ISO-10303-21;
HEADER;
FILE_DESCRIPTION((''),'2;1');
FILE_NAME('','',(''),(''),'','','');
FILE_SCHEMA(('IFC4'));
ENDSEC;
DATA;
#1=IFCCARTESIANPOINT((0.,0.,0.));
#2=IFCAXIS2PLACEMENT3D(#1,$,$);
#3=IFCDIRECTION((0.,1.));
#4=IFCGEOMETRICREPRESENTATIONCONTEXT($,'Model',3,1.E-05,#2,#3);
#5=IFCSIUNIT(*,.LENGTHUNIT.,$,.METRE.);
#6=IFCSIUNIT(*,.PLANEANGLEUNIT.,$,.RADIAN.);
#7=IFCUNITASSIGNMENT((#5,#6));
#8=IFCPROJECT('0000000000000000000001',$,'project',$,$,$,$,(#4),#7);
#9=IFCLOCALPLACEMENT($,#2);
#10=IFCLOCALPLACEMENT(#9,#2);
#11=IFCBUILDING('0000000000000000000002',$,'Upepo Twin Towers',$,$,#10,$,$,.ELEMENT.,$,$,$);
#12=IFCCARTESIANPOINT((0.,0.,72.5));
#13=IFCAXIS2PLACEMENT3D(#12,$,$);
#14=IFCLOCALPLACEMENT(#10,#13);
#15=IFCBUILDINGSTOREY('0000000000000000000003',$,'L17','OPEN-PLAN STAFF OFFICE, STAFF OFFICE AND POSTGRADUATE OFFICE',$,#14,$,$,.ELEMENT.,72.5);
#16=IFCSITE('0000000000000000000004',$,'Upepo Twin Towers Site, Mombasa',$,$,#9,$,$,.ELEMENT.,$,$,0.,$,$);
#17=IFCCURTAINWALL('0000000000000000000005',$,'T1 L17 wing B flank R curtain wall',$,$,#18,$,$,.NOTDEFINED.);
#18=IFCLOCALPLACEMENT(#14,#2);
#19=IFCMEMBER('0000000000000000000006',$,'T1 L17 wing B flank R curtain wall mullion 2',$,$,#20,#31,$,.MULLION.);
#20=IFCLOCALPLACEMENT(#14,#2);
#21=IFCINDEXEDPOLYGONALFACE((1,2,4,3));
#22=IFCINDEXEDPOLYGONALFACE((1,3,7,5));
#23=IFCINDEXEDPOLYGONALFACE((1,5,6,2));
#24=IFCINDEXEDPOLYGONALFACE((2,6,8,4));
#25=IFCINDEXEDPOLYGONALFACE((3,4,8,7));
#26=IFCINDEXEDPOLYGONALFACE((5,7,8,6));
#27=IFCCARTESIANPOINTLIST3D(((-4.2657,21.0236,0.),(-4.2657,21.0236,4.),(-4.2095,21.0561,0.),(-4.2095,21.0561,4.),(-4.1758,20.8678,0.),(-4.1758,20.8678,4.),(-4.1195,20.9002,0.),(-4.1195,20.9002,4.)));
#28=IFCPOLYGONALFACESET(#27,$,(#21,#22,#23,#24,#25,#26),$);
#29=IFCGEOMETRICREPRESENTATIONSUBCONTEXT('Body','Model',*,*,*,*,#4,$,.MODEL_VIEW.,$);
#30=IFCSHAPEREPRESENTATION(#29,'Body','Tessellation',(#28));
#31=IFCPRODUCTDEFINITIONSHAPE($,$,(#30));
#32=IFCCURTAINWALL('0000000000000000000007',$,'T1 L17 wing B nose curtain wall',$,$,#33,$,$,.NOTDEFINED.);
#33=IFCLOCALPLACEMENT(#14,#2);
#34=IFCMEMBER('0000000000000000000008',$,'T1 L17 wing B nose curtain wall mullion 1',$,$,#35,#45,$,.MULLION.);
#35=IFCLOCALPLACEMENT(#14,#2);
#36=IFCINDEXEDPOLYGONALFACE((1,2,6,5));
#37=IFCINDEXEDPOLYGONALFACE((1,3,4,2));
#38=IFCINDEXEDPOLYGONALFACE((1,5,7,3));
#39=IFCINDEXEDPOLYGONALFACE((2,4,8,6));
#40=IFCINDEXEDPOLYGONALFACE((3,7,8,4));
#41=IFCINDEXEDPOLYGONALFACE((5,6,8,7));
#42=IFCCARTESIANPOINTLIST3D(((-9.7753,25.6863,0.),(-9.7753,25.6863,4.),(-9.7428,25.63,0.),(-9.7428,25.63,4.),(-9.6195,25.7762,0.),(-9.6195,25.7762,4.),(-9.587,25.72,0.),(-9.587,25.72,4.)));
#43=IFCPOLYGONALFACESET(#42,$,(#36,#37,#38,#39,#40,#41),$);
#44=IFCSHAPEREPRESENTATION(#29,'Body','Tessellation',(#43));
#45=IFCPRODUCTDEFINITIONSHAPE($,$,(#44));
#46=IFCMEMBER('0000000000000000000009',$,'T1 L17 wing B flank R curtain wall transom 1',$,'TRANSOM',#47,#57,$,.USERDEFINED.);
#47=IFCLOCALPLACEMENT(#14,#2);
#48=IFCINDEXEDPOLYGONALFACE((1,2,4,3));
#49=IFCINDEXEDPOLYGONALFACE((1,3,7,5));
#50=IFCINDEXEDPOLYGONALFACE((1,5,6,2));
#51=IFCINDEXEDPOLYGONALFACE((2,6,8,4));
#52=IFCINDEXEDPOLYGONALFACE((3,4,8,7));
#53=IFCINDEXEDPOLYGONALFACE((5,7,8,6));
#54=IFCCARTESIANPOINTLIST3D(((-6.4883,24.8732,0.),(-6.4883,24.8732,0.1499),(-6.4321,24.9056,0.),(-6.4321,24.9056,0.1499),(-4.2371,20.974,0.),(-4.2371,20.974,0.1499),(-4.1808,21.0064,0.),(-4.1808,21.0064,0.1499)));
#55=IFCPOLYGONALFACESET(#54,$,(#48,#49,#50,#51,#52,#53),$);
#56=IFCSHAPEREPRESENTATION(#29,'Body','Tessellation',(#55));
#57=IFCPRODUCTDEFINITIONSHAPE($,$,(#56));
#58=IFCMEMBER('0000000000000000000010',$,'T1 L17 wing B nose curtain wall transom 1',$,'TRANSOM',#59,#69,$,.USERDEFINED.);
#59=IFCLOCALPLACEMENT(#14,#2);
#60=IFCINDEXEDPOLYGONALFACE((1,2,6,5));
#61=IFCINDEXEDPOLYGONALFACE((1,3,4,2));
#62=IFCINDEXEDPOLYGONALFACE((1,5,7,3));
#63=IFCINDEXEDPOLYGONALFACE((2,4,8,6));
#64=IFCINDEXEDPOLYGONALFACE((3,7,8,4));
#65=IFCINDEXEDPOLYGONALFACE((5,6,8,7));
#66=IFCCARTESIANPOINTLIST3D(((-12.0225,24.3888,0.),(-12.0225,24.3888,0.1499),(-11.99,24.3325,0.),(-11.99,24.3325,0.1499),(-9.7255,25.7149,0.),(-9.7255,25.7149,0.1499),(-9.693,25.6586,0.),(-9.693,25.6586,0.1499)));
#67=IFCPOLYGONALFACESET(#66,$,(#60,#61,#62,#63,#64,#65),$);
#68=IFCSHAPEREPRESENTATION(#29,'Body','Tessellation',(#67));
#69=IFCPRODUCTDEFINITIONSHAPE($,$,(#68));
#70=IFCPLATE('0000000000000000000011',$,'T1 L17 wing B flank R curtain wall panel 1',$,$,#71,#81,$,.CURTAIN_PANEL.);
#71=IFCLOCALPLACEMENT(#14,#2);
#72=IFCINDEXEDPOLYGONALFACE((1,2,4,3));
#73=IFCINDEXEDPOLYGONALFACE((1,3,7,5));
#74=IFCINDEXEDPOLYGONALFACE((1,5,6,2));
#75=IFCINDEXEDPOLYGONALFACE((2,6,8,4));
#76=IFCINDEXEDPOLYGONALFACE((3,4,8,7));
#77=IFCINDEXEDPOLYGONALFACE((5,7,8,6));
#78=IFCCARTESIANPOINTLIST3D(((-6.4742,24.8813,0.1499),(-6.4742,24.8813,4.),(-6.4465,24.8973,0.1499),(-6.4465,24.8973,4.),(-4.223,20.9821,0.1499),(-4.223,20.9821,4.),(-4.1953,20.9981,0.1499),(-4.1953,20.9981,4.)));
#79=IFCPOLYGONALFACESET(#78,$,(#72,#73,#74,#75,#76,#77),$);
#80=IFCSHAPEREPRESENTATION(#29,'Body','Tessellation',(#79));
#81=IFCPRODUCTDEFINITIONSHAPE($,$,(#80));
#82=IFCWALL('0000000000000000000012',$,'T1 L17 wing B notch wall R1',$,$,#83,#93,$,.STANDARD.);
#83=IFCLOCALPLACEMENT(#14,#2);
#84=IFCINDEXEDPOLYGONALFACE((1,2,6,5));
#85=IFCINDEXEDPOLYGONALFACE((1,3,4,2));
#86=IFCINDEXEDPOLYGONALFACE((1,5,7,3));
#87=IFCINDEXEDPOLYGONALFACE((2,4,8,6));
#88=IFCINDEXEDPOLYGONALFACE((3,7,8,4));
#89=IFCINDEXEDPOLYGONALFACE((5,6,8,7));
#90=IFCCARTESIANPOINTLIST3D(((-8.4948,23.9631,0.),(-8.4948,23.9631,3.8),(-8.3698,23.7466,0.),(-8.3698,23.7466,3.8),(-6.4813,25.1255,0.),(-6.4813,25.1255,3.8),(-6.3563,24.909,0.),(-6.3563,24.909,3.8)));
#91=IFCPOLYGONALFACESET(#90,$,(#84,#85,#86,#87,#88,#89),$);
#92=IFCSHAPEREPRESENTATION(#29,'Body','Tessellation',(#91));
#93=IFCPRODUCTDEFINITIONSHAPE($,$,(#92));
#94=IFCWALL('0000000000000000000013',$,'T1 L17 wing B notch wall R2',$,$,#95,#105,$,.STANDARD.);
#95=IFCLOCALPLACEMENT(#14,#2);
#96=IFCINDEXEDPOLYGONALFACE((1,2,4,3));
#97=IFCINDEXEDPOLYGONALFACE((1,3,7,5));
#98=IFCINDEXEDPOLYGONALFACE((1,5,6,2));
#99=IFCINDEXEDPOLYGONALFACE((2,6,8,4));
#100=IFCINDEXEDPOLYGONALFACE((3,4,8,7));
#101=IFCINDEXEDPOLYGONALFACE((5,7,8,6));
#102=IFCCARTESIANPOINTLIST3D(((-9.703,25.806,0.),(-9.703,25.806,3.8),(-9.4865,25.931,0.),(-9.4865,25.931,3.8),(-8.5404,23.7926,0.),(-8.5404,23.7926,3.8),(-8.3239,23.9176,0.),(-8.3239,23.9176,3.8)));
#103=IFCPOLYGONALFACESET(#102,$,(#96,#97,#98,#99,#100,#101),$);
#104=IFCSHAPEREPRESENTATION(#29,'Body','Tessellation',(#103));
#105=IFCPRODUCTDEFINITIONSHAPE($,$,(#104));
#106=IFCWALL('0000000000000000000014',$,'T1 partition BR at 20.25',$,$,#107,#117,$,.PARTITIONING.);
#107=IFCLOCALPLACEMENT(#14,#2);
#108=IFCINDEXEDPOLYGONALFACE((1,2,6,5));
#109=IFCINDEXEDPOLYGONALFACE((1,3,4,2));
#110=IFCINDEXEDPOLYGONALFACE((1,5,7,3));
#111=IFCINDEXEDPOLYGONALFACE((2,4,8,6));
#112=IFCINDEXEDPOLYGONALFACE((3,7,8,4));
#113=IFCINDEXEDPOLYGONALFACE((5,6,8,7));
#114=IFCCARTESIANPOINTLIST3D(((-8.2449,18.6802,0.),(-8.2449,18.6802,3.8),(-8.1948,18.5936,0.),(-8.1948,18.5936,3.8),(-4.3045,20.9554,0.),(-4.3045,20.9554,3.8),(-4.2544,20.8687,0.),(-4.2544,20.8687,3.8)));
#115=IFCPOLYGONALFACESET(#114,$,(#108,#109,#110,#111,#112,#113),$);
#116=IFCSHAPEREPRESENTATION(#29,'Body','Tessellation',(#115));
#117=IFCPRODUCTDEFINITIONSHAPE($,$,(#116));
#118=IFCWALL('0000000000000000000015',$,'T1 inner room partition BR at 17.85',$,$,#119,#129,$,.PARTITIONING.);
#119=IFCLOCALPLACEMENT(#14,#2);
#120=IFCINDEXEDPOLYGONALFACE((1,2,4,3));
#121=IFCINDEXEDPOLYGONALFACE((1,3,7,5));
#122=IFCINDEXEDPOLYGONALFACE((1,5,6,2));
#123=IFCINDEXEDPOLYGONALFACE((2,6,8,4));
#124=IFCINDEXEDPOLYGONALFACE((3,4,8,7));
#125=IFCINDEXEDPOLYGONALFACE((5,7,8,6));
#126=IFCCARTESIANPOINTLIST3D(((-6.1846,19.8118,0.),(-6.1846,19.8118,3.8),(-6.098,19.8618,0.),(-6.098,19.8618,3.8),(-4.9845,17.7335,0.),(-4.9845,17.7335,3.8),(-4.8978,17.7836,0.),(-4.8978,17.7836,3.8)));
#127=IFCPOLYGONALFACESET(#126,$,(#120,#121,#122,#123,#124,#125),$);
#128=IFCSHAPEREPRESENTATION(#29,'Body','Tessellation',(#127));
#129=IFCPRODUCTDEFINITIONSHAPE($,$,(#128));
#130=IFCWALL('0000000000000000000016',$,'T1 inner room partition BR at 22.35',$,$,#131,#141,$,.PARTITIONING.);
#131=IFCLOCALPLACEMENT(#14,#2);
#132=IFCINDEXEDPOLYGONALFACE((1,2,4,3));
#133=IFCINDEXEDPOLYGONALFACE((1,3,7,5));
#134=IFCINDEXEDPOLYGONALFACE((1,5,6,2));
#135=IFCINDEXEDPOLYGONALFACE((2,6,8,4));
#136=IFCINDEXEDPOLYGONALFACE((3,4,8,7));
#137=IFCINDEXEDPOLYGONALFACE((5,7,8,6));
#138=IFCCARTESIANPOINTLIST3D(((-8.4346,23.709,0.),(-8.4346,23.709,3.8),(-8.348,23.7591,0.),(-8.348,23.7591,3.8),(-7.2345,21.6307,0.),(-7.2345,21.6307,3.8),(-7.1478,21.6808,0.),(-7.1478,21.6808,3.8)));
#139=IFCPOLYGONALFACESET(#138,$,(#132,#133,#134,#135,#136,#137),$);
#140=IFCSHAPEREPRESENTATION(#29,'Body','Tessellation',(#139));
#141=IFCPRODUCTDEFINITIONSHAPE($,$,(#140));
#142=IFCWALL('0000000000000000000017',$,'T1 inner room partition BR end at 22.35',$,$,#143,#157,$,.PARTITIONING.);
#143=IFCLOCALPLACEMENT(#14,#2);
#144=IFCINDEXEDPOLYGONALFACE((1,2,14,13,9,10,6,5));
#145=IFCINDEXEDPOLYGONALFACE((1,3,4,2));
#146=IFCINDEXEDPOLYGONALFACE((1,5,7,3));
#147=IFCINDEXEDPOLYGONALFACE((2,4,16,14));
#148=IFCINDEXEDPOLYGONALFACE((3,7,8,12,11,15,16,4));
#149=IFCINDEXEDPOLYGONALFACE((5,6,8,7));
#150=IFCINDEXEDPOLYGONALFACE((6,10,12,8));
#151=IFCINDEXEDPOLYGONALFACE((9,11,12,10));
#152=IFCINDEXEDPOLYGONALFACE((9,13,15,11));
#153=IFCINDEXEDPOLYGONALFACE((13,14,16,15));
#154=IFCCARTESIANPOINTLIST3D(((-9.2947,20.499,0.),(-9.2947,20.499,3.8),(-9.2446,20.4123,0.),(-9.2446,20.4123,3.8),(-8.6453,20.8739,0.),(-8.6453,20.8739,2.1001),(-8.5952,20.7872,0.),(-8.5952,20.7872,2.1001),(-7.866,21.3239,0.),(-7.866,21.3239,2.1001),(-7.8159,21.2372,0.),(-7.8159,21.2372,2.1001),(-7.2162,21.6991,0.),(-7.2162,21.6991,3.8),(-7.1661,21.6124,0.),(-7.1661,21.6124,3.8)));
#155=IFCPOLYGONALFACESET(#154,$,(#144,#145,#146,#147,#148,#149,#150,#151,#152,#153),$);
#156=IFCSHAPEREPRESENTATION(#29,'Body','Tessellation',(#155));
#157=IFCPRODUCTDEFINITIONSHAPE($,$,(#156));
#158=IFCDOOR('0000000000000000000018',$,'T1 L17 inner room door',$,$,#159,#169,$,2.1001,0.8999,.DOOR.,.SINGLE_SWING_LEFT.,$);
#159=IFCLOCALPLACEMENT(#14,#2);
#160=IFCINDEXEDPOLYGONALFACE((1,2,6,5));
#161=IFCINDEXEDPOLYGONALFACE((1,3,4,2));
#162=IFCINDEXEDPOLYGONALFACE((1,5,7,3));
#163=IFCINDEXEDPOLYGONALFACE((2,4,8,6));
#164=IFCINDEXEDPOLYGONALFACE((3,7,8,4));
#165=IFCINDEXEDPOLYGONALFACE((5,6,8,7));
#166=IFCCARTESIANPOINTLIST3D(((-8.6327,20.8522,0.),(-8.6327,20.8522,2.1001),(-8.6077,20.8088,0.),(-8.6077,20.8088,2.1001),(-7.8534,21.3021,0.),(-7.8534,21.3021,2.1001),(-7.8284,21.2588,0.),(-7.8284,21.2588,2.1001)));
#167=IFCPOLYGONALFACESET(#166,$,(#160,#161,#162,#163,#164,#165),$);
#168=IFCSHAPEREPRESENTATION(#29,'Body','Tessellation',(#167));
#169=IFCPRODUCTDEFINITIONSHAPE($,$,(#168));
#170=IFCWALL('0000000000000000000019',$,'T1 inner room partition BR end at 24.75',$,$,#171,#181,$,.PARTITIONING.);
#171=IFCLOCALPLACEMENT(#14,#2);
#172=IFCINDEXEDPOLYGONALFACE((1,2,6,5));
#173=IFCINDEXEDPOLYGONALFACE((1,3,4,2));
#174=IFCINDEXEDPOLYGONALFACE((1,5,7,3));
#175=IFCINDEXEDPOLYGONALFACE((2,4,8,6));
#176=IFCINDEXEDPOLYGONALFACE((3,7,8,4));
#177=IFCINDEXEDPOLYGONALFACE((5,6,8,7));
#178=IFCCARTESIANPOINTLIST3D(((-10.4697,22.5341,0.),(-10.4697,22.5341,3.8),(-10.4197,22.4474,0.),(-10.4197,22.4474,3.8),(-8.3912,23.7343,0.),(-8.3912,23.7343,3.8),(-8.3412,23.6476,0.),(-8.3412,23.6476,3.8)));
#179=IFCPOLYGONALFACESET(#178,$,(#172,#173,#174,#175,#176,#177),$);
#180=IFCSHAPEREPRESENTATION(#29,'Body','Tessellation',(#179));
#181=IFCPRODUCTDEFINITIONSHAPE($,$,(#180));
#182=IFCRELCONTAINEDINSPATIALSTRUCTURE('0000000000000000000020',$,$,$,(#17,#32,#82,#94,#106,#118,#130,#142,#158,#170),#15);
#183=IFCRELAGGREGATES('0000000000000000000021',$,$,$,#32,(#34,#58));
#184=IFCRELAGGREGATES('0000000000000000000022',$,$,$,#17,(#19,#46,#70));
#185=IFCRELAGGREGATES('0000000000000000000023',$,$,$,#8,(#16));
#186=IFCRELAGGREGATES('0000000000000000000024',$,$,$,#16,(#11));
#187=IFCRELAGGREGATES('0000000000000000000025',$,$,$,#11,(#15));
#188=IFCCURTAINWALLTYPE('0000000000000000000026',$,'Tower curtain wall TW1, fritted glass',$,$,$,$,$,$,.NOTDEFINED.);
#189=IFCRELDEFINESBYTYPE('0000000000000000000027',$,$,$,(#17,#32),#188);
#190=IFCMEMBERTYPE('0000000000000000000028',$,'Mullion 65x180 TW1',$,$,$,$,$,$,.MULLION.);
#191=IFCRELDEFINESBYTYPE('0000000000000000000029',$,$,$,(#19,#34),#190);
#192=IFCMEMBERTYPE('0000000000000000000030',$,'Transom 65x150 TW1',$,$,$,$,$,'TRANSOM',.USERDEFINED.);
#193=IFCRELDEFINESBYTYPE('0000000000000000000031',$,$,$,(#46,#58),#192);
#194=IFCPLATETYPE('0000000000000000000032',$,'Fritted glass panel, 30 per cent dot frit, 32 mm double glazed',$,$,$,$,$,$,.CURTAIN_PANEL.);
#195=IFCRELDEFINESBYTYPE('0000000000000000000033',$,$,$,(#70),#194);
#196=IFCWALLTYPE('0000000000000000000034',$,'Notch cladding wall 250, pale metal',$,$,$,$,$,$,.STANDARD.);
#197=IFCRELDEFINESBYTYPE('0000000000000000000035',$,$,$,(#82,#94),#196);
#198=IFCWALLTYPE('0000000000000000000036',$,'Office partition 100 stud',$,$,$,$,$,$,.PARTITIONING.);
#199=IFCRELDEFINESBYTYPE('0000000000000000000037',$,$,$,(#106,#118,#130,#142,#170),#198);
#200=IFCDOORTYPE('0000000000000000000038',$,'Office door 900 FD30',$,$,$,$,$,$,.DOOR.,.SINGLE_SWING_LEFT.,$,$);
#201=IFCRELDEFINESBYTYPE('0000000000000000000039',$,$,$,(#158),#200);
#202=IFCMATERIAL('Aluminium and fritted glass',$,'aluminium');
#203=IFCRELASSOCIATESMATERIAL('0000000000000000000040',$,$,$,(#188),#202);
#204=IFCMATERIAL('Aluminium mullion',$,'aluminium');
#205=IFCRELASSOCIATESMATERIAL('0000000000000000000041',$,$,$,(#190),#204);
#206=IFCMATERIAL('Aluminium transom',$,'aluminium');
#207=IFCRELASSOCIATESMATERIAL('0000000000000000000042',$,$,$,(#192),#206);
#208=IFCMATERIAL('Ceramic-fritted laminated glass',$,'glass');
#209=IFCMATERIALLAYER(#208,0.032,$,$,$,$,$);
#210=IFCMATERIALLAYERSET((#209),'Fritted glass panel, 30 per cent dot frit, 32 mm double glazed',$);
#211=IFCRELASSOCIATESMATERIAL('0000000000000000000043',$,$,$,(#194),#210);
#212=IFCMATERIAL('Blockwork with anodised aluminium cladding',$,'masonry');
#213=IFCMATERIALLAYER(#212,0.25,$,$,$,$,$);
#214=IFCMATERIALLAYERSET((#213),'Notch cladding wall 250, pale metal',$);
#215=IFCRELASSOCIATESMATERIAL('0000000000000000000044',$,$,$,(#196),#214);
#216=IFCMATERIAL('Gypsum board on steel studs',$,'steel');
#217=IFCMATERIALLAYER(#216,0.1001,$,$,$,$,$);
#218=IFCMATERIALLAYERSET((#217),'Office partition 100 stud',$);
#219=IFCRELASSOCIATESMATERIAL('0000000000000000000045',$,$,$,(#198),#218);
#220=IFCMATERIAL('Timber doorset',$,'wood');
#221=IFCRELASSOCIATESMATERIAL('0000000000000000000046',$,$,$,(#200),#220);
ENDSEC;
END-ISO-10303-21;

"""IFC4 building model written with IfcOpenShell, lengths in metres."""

from ifc_helpers import new_model, si_unit, direction, frame, frame_2d, origin, origin_2d, place, context, subcontext, project, spatial, rectangle, extrude, material, layer, layer_set, material_profile, profile_set, type_object, element, fill, aggregate, save


model = new_model("IFC4")

# Units and contexts
model_context = context("Model", 3, precision=1e-05, world=origin(), true_north=direction((0.0, 1.0)))
body_context = subcontext(model_context, "Body", "Model", "MODEL_VIEW")
ifc_project = project(units=[si_unit("LENGTHUNIT", "METRE"), si_unit("PLANEANGLEUNIT", "RADIAN")], contexts=[model_context])

# Site, building, storey
site_placement = place(None, origin())
site = spatial("IfcSite", under=ifc_project, at=site_placement, Name="Upepo Twin Towers Site, Mombasa", CompositionType="ELEMENT", RefElevation=0.0)
building_placement = place(site_placement, origin())
building = spatial("IfcBuilding", under=site, at=building_placement, Name="Upepo Twin Towers", CompositionType="ELEMENT")
storey_placement = place(building_placement, frame((0.0, 0.0, 72.5)))
storey = spatial("IfcBuildingStorey", under=building, at=storey_placement, Name="L17", Description="OPEN-PLAN STAFF OFFICE, STAFF OFFICE AND POSTGRADUATE OFFICE", CompositionType="ELEMENT", Elevation=72.5)

# Curtain wall, member
ifc_material_1 = material(Name="Aluminium and fritted glass", Category="aluminium")
curtain_wall_type = type_object("IfcCurtainWallType", Name="Tower curtain wall TW1, fritted glass", PredefinedType="NOTDEFINED", material=ifc_material_1)
curtain_wall_1_placement = place(storey_placement, origin())
curtain_wall_1 = element("IfcCurtainWall", 1, at=curtain_wall_1_placement, inside=storey, type_object=curtain_wall_type, Name="T1 L17 wing B flank R curtain wall", PredefinedType="NOTDEFINED")
ifc_material_2 = material(Name="Aluminium mullion", Category="aluminium")
ifc_material_profile_1 = material_profile(ifc_material_2, rectangle(XDim=0.0649, YDim=0.1799, at=origin_2d()), Name="MULLION 65x180")
ifc_profile_set_1 = profile_set([ifc_material_profile_1], Name="Aluminium mullion")
member_type_1 = type_object("IfcMemberType", Name="Mullion 65x180 TW1", PredefinedType="MULLION", material=ifc_profile_set_1)
member_1_placement = place(storey_placement, frame((-4.1926, 20.9619, 0.0), z_axis=(0.0, 0.0, 1.0), x_axis=(0.866025, 0.5, 0.0)))
member_1 = element("IfcMember", 2, at=member_1_placement, type_object=member_type_1, Name="T1 L17 wing B flank R curtain wall mullion 2", PredefinedType="MULLION", context=body_context, shape_type="SweptSolid", body=[
    extrude(rectangle(XDim=0.0649, YDim=0.1799, at=origin_2d()), origin(), (0.0, 0.0, 1.0), 4.0),
])

# Curtain wall, member
curtain_wall_2_placement = place(storey_placement, origin())
curtain_wall_2 = element("IfcCurtainWall", 3, at=curtain_wall_2_placement, inside=storey, type_object=curtain_wall_type, Name="T1 L17 wing B nose curtain wall", PredefinedType="NOTDEFINED")
member_2_placement = place(storey_placement, frame((-9.6812, 25.7031, 0.0), z_axis=(0.0, 0.0, 1.0), x_axis=(0.5, -0.866025, 0.0)))
member_2 = element("IfcMember", 4, at=member_2_placement, type_object=member_type_1, Name="T1 L17 wing B nose curtain wall mullion 1", PredefinedType="MULLION", context=body_context, shape_type="SweptSolid", body=[
    extrude(rectangle(XDim=0.0649, YDim=0.1799, at=origin_2d()), origin(), (0.0, 0.0, 1.0), 4.0),
])

# Members
ifc_material_3 = material(Name="Aluminium transom", Category="aluminium")
ifc_material_profile_2 = material_profile(ifc_material_3, rectangle(XDim=0.0649, YDim=0.1499, at=origin_2d()), Name="TRANSOM 65x150")
ifc_profile_set_2 = profile_set([ifc_material_profile_2], Name="Aluminium transom")
member_type_2 = type_object("IfcMemberType", Name="Transom 65x150 TW1", ElementType="TRANSOM", PredefinedType="USERDEFINED", material=ifc_profile_set_2)
member_3_placement = place(storey_placement, frame((-6.4602, 24.8894, 0.075), z_axis=(0.500006, -0.866022, 0.0), x_axis=(0.866022, 0.500006, 0.0)))
member_3 = element("IfcMember", 5, at=member_3_placement, type_object=member_type_2, Name="T1 L17 wing B flank R curtain wall transom 1", ObjectType="TRANSOM", PredefinedType="USERDEFINED", context=body_context, shape_type="SweptSolid", body=[
    extrude(rectangle(XDim=0.0649, YDim=0.1499, at=origin_2d()), origin(), (0.0, 0.0, 1.0), 4.5024),
])
member_4_placement = place(storey_placement, frame((-9.7092, 25.6868, 0.075), z_axis=(-0.866037, -0.49998, 0.0), x_axis=(0.49998, -0.866037, 0.0)))
member_4 = element("IfcMember", 6, at=member_4_placement, type_object=member_type_2, Name="T1 L17 wing B nose curtain wall transom 1", ObjectType="TRANSOM", PredefinedType="USERDEFINED", context=body_context, shape_type="SweptSolid", body=[
    extrude(rectangle(XDim=0.0649, YDim=0.1499, at=origin_2d()), origin(), (0.0, 0.0, 1.0), 2.6523),
])
aggregate(curtain_wall_2, [member_2, member_4])

# Plate
ifc_material_4 = material(Name="Ceramic-fritted laminated glass", Category="glass")
ifc_layer_1 = layer(ifc_material_4, 0.032)
ifc_layer_set_1 = layer_set([ifc_layer_1], Name="Fritted glass panel, 30 per cent dot frit, 32 mm double glazed")
plate_type = type_object("IfcPlateType", Name="Fritted glass panel, 30 per cent dot frit, 32 mm double glazed", PredefinedType="CURTAIN_PANEL", material=ifc_layer_set_1)
plate_placement = place(storey_placement, frame((-5.3347, 22.9397, 0.1499), z_axis=(0.0, 0.0, 1.0), x_axis=(0.5, -0.866025, 0.0)))
plate = element("IfcPlate", 7, at=plate_placement, type_object=plate_type, Name="T1 L17 wing B flank R curtain wall panel 1", PredefinedType="CURTAIN_PANEL", context=body_context, shape_type="SweptSolid", body=[
    extrude(rectangle(XDim=4.5024, YDim=0.032, at=origin_2d()), origin(), (0.0, 0.0, 1.0), 3.8501),
])
aggregate(curtain_wall_1, [member_1, member_3, plate])

# Walls
ifc_material_5 = material(Name="Blockwork with anodised aluminium cladding", Category="masonry")
ifc_layer_2 = layer(ifc_material_5, 0.25)
ifc_layer_set_2 = layer_set([ifc_layer_2], Name="Notch cladding wall 250, pale metal")
wall_type_1 = type_object("IfcWallType", Name="Notch cladding wall 250, pale metal", PredefinedType="STANDARD", material=ifc_layer_set_2)
for number, where, z_axis, x_axis, name in (
    (8, (-6.4187, 25.0173, 0.0), (0.0, 0.0, 1.0), (-0.866044, -0.499968, 0.0), "T1 L17 wing B notch wall R1"),
    (9, (-8.4321, 23.855, 0.0), (0.0, 0.0, 1.0), (-0.500047, 0.865998, 0.0), "T1 L17 wing B notch wall R2"),
):
    element("IfcWall", number, at=place(storey_placement, frame(where, z_axis=z_axis, x_axis=x_axis)), inside=storey, type_object=wall_type_1, Name=name, PredefinedType="STANDARD", context=body_context, shape_type="SweptSolid", body=[
        extrude(rectangle(XDim=2.325, YDim=0.25, at=frame_2d((1.1626, 0.0))), origin(), (0.0, 0.0, 1.0), 3.8),
    ])
ifc_material_6 = material(Name="Gypsum board on steel studs", Category="steel")
ifc_layer_3 = layer(ifc_material_6, 0.1001)
ifc_layer_set_3 = layer_set([ifc_layer_3], Name="Office partition 100 stud")
wall_type_2 = type_object("IfcWallType", Name="Office partition 100 stud", PredefinedType="PARTITIONING", material=ifc_layer_set_3)
wall_1_placement = place(storey_placement, frame((-8.2197, 18.637, 0.0), z_axis=(0.0, 0.0, 1.0), x_axis=(0.866012, 0.500023, 0.0)))
element("IfcWall", 10, at=wall_1_placement, inside=storey, type_object=wall_type_2, Name="T1 partition BR at 20.25", PredefinedType="PARTITIONING", context=body_context, shape_type="SweptSolid", body=[
    extrude(rectangle(XDim=4.55, YDim=0.1001, at=frame_2d((2.2749, 0.0))), origin(), (0.0, 0.0, 1.0), 3.8),
])
for number, where, z_axis, x_axis, name in (
    (11, (-4.9412, 17.7585, 0.0), (0.0, 0.0, 1.0), (-0.500078, 0.865981, 0.0), "T1 inner room partition BR at 17.85"),
    (12, (-7.1912, 21.6558, 0.0), (0.0, 0.0, 1.0), (-0.500078, 0.865981, 0.0), "T1 inner room partition BR at 22.35"),
):
    element("IfcWall", number, at=place(storey_placement, frame(where, z_axis=z_axis, x_axis=x_axis)), inside=storey, type_object=wall_type_2, Name=name, PredefinedType="PARTITIONING", context=body_context, shape_type="SweptSolid", body=[
        extrude(rectangle(XDim=2.3999, YDim=0.1001, at=frame_2d((1.2, 0.0))), origin(), (0.0, 0.0, 1.0), 3.8),
    ])

# Wall, opening, door
wall_2_placement = place(storey_placement, frame((-9.2698, 20.4556, 0.0), z_axis=(0.0, 0.0, 1.0), x_axis=(0.866006, 0.500034, 0.0)))
wall_2 = element("IfcWall", 13, at=wall_2_placement, inside=storey, type_object=wall_type_2, Name="T1 inner room partition BR end at 22.35", PredefinedType="PARTITIONING", context=body_context, shape_type="SweptSolid", body=[
    extrude(rectangle(XDim=2.4001, YDim=0.1001, at=frame_2d((1.2002, 0.0))), origin(), (0.0, 0.0, 1.0), 3.8),
])
opening_1_placement = place(wall_2_placement, frame((0.75, 0.0, 0.0)))
opening_1 = element("IfcOpeningElement", 14, at=opening_1_placement, cuts=wall_2, PredefinedType="OPENING", context=body_context, shape_type="SweptSolid", body=[
    extrude(rectangle(XDim=0.8999, YDim=2.1001, at=frame_2d((0.45, 1.05))), frame((0.0, 0.0601, 0.0), z_axis=(0.0, -1.0, 0.0), x_axis=(1.0, 0.0, 0.0)), (0.0, 0.0, 1.0), 0.1201),
])
ifc_material_7 = material(Name="Timber doorset", Category="wood")
door_type_1 = type_object("IfcDoorType", Name="Office door 900 FD30", OperationType="SINGLE_SWING_LEFT", PredefinedType="DOOR", material=ifc_material_7)
door_1_placement = place(opening_1_placement, origin())
door_1 = element("IfcDoor", 15, at=door_1_placement, inside=storey, type_object=door_type_1, Name="T1 L17 inner room door", OperationType="SINGLE_SWING_LEFT", OverallHeight=2.1001, OverallWidth=0.8999, PredefinedType="DOOR", context=body_context, shape_type="SweptSolid", body=[
    extrude(rectangle(XDim=0.8999, YDim=2.1001, at=frame_2d((0.45, 1.05))), frame((0.0, 0.0249, 0.0), z_axis=(0.0, -1.0, 0.0), x_axis=(1.0, 0.0, 0.0)), (0.0, 0.0, 1.0), 0.05),
])
fill(opening_1, door_1)

# Wall
wall_3_placement = place(storey_placement, frame((-10.4448, 22.4907, 0.0), z_axis=(0.0, 0.0, 1.0), x_axis=(0.866006, 0.500034, 0.0)))
element("IfcWall", 16, at=wall_3_placement, inside=storey, type_object=wall_type_2, Name="T1 inner room partition BR end at 24.75", PredefinedType="PARTITIONING", context=body_context, shape_type="SweptSolid", body=[
    extrude(rectangle(XDim=2.4001, YDim=0.1001, at=frame_2d((1.2002, 0.0))), origin(), (0.0, 0.0, 1.0), 3.8),
])

save(model, "model.ifc")
